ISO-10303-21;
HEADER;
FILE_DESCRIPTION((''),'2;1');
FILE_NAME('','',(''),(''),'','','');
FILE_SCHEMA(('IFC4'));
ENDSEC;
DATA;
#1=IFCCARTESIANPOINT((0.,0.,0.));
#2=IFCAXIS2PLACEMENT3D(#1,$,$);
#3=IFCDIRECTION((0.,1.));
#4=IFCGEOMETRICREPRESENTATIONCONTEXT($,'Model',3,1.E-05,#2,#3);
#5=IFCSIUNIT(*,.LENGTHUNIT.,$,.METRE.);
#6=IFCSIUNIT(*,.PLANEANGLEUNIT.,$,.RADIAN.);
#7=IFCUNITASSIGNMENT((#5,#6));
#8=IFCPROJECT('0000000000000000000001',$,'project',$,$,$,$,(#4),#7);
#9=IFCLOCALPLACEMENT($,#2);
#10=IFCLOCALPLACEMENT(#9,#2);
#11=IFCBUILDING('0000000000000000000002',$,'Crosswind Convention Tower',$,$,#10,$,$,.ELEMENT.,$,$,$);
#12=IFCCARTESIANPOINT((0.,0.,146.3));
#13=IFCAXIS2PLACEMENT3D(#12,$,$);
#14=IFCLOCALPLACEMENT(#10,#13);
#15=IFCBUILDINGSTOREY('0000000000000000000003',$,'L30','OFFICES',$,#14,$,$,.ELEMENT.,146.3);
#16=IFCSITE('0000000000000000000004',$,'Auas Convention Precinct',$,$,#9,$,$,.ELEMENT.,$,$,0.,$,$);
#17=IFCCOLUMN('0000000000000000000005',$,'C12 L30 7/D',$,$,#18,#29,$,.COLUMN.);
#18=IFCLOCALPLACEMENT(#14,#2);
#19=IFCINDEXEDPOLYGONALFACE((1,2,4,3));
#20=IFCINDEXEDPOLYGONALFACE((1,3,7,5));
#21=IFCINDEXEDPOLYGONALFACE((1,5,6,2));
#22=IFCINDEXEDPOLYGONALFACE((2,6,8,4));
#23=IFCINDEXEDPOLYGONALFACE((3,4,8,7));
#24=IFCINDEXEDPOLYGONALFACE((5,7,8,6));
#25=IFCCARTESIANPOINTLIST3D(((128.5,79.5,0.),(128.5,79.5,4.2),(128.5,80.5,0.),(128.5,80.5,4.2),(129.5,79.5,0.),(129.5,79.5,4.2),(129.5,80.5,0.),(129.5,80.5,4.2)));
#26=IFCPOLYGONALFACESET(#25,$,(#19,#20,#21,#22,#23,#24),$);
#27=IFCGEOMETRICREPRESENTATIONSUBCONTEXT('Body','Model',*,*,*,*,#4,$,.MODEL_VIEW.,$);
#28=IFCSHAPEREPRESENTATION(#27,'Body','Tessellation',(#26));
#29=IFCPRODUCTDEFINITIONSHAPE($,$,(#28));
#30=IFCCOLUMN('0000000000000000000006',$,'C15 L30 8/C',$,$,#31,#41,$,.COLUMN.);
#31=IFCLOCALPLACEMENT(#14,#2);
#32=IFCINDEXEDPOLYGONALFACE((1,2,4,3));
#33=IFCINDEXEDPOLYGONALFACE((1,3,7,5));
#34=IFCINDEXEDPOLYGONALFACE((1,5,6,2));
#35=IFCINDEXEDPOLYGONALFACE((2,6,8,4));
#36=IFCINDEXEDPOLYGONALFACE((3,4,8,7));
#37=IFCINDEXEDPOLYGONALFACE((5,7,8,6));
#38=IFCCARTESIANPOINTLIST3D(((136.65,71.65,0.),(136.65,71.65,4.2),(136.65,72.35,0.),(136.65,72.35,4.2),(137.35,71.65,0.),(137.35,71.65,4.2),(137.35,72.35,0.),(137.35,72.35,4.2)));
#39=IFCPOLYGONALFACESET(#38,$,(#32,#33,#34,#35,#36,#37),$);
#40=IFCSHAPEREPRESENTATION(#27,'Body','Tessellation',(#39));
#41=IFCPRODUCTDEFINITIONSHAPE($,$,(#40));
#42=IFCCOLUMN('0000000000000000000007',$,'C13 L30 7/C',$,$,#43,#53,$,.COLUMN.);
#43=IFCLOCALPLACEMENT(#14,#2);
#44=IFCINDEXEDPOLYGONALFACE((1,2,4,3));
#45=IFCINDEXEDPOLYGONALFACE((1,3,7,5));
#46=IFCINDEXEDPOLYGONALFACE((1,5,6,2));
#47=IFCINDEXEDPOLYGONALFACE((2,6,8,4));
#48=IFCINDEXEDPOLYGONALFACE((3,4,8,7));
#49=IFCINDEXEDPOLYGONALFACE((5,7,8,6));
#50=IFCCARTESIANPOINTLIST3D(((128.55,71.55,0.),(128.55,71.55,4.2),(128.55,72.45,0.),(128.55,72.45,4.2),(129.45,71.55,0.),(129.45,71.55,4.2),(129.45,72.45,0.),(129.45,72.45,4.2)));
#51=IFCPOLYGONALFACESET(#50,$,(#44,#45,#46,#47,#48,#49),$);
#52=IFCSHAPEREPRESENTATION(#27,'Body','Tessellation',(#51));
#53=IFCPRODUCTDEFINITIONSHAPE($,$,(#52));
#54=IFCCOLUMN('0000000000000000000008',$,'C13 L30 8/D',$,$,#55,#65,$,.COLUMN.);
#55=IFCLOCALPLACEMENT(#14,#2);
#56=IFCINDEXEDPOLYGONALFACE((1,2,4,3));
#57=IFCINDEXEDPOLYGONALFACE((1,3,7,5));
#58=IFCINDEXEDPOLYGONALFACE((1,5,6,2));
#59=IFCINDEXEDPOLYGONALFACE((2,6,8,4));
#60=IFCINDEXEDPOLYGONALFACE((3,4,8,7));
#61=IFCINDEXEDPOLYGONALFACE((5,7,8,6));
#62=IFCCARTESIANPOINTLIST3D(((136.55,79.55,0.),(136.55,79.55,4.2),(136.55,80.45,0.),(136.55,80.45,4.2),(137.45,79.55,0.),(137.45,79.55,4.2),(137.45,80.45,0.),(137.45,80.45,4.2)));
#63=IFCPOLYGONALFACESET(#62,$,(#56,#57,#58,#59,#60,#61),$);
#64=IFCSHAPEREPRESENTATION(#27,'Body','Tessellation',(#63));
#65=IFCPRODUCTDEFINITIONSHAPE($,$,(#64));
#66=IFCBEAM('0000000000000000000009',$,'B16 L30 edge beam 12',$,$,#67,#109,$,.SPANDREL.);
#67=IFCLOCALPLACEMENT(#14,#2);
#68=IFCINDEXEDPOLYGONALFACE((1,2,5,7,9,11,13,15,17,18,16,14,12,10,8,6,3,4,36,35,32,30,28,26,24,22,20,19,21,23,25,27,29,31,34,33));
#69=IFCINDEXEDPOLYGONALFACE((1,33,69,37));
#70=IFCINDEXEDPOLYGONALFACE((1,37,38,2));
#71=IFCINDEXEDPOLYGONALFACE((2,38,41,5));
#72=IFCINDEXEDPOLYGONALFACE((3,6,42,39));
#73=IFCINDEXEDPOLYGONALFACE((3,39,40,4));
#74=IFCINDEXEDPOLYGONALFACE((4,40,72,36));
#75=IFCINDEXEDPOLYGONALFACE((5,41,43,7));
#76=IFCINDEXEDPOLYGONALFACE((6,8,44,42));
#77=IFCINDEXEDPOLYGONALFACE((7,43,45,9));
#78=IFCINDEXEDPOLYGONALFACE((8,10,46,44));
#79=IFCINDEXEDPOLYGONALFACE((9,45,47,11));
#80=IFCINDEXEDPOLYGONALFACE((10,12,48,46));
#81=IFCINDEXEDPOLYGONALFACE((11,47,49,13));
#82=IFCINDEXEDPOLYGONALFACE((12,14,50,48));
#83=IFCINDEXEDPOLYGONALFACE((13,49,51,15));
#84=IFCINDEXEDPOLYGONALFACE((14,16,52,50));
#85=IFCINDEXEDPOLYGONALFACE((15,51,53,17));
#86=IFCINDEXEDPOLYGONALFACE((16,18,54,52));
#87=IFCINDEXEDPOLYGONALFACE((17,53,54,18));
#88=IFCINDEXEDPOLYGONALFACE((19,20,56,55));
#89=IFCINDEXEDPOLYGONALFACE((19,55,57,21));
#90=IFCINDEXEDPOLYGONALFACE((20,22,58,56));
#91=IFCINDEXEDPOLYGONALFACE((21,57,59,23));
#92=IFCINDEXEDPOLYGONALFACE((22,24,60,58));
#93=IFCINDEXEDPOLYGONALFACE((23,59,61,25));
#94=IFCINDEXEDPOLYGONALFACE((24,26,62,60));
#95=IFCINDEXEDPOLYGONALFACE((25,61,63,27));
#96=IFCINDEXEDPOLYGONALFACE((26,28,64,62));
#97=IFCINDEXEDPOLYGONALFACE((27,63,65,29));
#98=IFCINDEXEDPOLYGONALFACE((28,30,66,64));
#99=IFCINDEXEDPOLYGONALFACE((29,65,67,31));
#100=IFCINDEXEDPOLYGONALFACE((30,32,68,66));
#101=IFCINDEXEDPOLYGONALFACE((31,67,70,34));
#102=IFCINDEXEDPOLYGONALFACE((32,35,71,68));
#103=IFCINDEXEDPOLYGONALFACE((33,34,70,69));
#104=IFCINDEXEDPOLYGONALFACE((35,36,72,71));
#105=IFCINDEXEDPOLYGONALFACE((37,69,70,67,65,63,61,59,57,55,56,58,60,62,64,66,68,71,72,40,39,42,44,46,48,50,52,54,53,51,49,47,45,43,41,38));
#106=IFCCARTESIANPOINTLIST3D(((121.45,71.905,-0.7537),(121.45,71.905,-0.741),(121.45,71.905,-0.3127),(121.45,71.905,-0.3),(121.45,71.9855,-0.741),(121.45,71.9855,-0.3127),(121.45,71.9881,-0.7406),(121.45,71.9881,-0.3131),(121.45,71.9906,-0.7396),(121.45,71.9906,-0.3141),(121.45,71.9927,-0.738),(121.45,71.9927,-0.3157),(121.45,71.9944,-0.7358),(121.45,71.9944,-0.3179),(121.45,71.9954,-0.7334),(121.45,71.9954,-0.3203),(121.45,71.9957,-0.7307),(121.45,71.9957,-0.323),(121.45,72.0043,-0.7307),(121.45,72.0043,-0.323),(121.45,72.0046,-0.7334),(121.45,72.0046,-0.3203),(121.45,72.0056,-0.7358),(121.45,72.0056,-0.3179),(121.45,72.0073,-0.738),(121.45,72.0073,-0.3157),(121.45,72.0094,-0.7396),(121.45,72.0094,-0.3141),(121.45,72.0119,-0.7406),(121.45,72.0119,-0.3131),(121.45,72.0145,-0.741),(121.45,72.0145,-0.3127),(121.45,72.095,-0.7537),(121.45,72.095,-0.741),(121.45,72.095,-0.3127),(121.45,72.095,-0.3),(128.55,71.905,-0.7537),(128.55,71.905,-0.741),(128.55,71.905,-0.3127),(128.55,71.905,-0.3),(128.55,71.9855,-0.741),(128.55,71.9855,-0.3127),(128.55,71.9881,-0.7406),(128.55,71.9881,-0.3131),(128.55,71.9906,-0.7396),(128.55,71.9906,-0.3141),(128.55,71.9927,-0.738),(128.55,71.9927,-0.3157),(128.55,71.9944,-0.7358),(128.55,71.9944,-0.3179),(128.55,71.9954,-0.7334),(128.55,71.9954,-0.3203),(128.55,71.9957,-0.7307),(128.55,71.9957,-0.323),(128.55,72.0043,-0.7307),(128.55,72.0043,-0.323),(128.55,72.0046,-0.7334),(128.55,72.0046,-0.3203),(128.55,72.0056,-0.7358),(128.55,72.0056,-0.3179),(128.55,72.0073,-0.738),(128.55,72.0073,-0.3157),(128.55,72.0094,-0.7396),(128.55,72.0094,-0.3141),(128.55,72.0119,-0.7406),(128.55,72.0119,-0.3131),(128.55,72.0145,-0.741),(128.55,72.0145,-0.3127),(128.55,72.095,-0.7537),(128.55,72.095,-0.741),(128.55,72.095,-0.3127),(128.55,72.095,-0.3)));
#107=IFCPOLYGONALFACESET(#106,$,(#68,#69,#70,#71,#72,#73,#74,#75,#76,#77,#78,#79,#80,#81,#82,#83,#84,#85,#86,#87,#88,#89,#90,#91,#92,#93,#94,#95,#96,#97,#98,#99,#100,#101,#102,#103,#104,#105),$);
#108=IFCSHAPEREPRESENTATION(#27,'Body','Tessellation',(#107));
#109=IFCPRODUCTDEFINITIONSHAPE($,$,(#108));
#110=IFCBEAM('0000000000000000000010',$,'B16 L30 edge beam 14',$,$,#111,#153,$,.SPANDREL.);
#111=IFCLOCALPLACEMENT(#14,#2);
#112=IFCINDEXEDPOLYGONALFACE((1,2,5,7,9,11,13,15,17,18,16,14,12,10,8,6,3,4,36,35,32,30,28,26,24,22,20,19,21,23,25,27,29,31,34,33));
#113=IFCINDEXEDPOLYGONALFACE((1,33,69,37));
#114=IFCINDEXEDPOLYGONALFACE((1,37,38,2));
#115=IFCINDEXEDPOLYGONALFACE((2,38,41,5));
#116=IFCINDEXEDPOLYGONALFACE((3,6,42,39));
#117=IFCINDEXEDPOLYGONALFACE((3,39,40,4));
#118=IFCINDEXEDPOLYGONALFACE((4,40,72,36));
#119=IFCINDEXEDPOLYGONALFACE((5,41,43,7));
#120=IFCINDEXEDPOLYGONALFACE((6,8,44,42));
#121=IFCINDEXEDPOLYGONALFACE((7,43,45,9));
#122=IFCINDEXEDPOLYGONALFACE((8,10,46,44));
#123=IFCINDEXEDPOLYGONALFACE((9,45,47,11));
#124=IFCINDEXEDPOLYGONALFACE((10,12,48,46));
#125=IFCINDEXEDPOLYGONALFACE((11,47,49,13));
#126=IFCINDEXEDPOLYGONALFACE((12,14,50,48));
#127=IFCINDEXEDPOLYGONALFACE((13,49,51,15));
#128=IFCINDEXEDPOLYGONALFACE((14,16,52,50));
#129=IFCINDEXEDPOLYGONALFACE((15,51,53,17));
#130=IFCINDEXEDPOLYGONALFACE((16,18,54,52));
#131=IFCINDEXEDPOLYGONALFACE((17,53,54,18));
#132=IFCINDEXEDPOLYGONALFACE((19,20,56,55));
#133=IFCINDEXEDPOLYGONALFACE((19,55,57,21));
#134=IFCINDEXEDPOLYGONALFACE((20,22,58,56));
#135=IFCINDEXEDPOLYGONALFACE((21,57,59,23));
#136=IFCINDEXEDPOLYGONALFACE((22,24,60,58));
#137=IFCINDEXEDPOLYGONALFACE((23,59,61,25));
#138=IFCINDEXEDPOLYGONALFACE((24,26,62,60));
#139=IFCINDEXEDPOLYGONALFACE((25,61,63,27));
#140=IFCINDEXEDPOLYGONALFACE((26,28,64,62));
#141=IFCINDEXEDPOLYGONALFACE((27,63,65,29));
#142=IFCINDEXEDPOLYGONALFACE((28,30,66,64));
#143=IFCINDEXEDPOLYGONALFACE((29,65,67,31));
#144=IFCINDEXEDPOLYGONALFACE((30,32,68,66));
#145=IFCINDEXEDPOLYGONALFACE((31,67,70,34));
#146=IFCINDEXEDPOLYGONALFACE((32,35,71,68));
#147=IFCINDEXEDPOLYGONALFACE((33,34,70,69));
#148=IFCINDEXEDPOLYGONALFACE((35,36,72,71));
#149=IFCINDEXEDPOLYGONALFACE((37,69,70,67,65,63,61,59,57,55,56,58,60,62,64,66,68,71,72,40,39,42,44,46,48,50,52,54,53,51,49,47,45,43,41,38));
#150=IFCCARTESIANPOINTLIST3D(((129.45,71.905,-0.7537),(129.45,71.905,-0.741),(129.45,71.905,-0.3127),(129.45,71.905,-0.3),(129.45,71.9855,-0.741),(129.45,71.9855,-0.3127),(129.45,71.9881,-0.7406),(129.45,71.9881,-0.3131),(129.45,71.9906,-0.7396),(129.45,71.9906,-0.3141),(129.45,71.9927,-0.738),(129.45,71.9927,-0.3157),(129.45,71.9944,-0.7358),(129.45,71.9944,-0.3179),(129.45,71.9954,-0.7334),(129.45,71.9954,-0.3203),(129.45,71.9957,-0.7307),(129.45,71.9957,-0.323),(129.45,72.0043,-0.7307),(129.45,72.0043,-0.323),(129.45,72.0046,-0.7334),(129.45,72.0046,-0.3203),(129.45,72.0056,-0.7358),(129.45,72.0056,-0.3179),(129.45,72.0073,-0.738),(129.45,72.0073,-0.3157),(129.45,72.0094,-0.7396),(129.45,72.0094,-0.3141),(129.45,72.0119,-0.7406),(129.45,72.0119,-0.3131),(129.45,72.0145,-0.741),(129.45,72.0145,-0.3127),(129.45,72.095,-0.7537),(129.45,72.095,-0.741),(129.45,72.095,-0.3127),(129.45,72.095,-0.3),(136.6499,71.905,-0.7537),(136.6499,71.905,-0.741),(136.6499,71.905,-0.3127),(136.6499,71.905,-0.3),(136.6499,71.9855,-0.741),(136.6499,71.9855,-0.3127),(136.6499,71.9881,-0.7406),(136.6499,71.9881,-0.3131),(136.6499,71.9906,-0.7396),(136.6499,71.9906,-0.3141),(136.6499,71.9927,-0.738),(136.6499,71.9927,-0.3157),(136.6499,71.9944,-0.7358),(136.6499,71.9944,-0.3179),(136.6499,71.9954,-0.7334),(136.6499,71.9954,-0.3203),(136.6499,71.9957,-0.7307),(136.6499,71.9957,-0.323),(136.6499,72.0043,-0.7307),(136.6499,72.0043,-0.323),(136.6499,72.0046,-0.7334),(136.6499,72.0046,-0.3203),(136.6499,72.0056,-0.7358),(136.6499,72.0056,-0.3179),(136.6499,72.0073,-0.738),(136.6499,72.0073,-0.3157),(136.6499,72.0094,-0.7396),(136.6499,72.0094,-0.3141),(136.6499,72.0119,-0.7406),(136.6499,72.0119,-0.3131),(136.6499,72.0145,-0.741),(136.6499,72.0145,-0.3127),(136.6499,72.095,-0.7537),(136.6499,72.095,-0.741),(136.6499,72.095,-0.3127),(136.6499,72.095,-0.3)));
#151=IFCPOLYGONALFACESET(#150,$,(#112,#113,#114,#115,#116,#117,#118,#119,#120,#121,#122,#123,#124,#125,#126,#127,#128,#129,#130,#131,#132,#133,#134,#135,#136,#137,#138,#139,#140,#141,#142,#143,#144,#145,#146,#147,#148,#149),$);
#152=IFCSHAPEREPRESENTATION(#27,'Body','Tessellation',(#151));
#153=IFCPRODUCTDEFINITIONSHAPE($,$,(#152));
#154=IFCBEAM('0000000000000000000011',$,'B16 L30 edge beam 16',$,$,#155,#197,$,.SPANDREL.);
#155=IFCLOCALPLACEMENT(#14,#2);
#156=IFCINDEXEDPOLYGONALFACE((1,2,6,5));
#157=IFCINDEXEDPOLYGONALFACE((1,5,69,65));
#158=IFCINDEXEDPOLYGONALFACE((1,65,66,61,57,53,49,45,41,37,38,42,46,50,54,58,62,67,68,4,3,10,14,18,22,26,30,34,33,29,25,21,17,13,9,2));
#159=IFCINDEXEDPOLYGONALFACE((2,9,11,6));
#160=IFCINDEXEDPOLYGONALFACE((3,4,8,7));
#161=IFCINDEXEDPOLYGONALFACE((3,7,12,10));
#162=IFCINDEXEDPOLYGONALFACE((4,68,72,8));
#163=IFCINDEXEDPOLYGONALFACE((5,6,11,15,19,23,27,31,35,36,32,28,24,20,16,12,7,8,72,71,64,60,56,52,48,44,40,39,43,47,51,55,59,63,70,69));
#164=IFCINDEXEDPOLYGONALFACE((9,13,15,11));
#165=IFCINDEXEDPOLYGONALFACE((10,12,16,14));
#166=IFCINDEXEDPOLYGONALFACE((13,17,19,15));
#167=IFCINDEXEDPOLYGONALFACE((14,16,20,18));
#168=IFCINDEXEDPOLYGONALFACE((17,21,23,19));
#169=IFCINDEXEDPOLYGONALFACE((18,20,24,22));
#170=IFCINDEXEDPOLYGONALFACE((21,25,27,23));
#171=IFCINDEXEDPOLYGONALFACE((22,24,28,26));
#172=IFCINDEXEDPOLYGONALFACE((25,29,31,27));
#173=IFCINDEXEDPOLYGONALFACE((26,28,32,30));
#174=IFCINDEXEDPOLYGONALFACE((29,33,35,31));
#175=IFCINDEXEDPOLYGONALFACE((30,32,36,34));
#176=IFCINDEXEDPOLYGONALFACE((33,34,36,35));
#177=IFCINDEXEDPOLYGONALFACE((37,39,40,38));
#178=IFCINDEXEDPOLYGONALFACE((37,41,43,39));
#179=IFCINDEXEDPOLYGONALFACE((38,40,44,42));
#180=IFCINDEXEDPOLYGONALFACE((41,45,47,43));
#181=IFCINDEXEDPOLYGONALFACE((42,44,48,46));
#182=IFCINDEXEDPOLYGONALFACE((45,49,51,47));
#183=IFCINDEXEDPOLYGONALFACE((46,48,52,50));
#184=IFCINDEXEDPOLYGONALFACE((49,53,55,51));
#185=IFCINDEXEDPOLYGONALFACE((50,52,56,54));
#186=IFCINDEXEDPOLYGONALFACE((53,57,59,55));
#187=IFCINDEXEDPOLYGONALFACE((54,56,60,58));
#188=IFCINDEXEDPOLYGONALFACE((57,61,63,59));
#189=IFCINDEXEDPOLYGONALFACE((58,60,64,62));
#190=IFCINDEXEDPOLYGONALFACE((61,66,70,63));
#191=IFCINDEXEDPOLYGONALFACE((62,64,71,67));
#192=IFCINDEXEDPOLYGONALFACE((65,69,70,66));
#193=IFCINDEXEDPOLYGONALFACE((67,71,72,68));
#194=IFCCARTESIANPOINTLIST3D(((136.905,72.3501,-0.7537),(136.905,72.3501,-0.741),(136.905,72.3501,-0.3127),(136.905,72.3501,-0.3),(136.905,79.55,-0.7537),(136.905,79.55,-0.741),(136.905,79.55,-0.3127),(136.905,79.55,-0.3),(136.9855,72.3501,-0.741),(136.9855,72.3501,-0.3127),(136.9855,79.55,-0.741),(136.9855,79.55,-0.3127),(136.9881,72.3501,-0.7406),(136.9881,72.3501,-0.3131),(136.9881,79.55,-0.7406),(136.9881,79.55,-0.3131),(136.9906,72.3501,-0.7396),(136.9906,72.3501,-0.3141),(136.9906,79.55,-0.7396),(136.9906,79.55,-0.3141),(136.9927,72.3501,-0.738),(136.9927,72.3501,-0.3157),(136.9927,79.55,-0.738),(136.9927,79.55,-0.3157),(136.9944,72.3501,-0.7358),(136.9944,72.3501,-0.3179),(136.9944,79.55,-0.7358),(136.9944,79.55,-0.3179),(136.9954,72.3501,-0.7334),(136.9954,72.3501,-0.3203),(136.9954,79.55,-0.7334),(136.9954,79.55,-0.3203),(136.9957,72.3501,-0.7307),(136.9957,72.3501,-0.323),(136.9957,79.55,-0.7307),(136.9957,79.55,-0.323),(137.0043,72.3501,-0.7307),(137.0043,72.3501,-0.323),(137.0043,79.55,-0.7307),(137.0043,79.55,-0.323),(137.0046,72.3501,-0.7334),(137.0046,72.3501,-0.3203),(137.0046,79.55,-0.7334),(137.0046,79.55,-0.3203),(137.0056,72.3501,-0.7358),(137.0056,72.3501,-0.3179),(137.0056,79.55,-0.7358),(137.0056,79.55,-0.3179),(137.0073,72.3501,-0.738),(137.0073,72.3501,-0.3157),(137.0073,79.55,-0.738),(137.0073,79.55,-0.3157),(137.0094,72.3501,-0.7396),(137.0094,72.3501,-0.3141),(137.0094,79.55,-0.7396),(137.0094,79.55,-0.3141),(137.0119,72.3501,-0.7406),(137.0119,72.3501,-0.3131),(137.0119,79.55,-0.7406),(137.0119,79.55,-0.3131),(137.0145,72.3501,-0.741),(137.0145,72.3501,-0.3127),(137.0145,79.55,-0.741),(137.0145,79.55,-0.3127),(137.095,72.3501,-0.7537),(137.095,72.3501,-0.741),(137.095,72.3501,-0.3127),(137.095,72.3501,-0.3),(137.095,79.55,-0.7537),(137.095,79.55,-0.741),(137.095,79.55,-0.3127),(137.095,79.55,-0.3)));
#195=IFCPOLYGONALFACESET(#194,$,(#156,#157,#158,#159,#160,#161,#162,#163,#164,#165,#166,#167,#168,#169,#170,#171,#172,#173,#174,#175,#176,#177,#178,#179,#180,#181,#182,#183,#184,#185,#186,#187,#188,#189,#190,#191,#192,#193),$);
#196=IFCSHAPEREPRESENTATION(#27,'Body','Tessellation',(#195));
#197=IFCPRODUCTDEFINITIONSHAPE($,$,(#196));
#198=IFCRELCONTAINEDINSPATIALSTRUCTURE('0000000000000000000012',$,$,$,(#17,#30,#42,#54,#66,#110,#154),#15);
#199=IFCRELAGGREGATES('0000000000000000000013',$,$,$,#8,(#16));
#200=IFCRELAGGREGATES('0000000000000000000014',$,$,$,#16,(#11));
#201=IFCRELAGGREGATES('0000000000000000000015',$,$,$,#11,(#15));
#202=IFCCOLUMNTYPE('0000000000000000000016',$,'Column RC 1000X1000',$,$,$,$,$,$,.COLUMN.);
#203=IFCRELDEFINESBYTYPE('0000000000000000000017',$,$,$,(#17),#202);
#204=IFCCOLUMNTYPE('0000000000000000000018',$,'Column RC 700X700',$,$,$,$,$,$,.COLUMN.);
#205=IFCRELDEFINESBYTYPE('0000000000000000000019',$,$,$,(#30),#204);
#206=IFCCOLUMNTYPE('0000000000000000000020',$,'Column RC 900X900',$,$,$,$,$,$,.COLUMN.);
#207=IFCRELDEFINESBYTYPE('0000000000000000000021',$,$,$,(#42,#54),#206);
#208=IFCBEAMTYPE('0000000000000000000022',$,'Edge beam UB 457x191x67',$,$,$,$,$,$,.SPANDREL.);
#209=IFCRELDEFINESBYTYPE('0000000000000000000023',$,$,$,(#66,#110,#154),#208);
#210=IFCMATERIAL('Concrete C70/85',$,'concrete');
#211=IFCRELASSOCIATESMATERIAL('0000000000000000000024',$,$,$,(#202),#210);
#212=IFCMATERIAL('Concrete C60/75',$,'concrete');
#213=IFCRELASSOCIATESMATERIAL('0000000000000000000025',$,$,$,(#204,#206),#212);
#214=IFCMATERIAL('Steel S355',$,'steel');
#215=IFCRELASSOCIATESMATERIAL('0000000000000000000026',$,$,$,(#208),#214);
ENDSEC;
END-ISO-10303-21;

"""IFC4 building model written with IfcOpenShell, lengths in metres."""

from ifc_helpers import new_model, si_unit, direction, frame, origin, origin_2d, place, context, subcontext, project, spatial, rectangle, i_section, extrude, material, material_profile, profile_set, type_object, element, save


model = new_model("IFC4")

# Units and contexts
model_context = context("Model", 3, precision=1e-05, world=origin(), true_north=direction((0.0, 1.0)))
body_context = subcontext(model_context, "Body", "Model", "MODEL_VIEW")
ifc_project = project(units=[si_unit("LENGTHUNIT", "METRE"), si_unit("PLANEANGLEUNIT", "RADIAN")], contexts=[model_context])

# Site, building, storey
site_placement = place(None, origin())
site = spatial("IfcSite", under=ifc_project, at=site_placement, Name="Auas Convention Precinct", CompositionType="ELEMENT", RefElevation=0.0)
building_placement = place(site_placement, origin())
building = spatial("IfcBuilding", under=site, at=building_placement, Name="Crosswind Convention Tower", CompositionType="ELEMENT")
storey_placement = place(building_placement, frame((0.0, 0.0, 146.3)))
storey = spatial("IfcBuildingStorey", under=building, at=storey_placement, Name="L30", Description="OFFICES", CompositionType="ELEMENT", Elevation=146.3)

# Columns
ifc_material_1 = material(Name="Concrete C70/85", Category="concrete")
ifc_material_profile_1 = material_profile(ifc_material_1, rectangle(XDim=1.0, YDim=1.0, at=origin_2d()), Name="RC 1000X1000")
ifc_profile_set_1 = profile_set([ifc_material_profile_1], Name="Concrete C70/85")
column_type_1 = type_object("IfcColumnType", Name="Column RC 1000X1000", PredefinedType="COLUMN", material=ifc_profile_set_1)
column_1_placement = place(storey_placement, frame((129.0, 80.0, 0.0), z_axis=(0.0, 0.0, 1.0), x_axis=(1.0, 0.0, 0.0)))
element("IfcColumn", 1, at=column_1_placement, inside=storey, type_object=column_type_1, Name="C12 L30 7/D", PredefinedType="COLUMN", context=body_context, shape_type="SweptSolid", body=[
    extrude(rectangle(XDim=1.0, YDim=1.0, at=origin_2d()), origin(), (0.0, 0.0, 1.0), 4.2),
])
ifc_material_2 = material(Name="Concrete C60/75", Category="concrete")
ifc_material_profile_2 = material_profile(ifc_material_2, rectangle(XDim=0.7, YDim=0.7, at=origin_2d()), Name="RC 700X700")
ifc_profile_set_2 = profile_set([ifc_material_profile_2], Name="Concrete C60/75")
column_type_2 = type_object("IfcColumnType", Name="Column RC 700X700", PredefinedType="COLUMN", material=ifc_profile_set_2)
column_2_placement = place(storey_placement, frame((137.0, 72.0, 0.0), z_axis=(0.0, 0.0, 1.0), x_axis=(1.0, 0.0, 0.0)))
element("IfcColumn", 2, at=column_2_placement, inside=storey, type_object=column_type_2, Name="C15 L30 8/C", PredefinedType="COLUMN", context=body_context, shape_type="SweptSolid", body=[
    extrude(rectangle(XDim=0.7, YDim=0.7, at=origin_2d()), origin(), (0.0, 0.0, 1.0), 4.2),
])
ifc_material_profile_3 = material_profile(ifc_material_2, rectangle(XDim=0.8999, YDim=0.8999, at=origin_2d()), Name="RC 900X900")
ifc_profile_set_3 = profile_set([ifc_material_profile_3], Name="Concrete C60/75")
column_type_3 = type_object("IfcColumnType", Name="Column RC 900X900", PredefinedType="COLUMN", material=ifc_profile_set_3)
for number, where, z_axis, x_axis, name in (
    (3, (129.0, 72.0, 0.0), (0.0, 0.0, 1.0), (1.0, 0.0, 0.0), "C13 L30 7/C"),
    (4, (137.0, 80.0, 0.0), (0.0, 0.0, 1.0), (1.0, 0.0, 0.0), "C13 L30 8/D"),
):
    element("IfcColumn", number, at=place(storey_placement, frame(where, z_axis=z_axis, x_axis=x_axis)), inside=storey, type_object=column_type_3, Name=name, PredefinedType="COLUMN", context=body_context, shape_type="SweptSolid", body=[
        extrude(rectangle(XDim=0.8999, YDim=0.8999, at=origin_2d()), origin(), (0.0, 0.0, 1.0), 4.2),
    ])

# Beams
ifc_material_3 = material(Name="Steel S355", Category="steel")
ifc_material_profile_4 = material_profile(ifc_material_3, i_section(OverallWidth=0.1899, OverallDepth=0.4536, WebThickness=0.0085, FlangeThickness=0.0127, FilletRadius=0.0103, at=origin_2d()), Name="UB 457x191x67")
ifc_profile_set_4 = profile_set([ifc_material_profile_4], Name="Steel S355")
beam_type_1 = type_object("IfcBeamType", Name="Edge beam UB 457x191x67", PredefinedType="SPANDREL", material=ifc_profile_set_4)
beam_1_placement = place(storey_placement, frame((121.45, 72.0, -0.5269), z_axis=(1.0, 0.0, 0.0), x_axis=(0.0, 1.0, 0.0)))
element("IfcBeam", 5, at=beam_1_placement, inside=storey, type_object=beam_type_1, Name="B16 L30 edge beam 12", PredefinedType="SPANDREL", context=body_context, shape_type="SweptSolid", body=[
    extrude(i_section(OverallWidth=0.1899, OverallDepth=0.4536, WebThickness=0.0085, FlangeThickness=0.0127, FilletRadius=0.0103, at=origin_2d()), origin(), (0.0, 0.0, 1.0), 7.1001),
])
for number, where, z_axis, x_axis, name in (
    (6, (129.45, 72.0, -0.5269), (1.0, 0.0, 0.0), (0.0, 1.0, 0.0), "B16 L30 edge beam 14"),
    (7, (137.0, 72.3501, -0.5269), (0.0, 1.0, 0.0), (-1.0, 0.0, 0.0), "B16 L30 edge beam 16"),
):
    element("IfcBeam", number, at=place(storey_placement, frame(where, z_axis=z_axis, x_axis=x_axis)), inside=storey, type_object=beam_type_1, Name=name, PredefinedType="SPANDREL", context=body_context, shape_type="SweptSolid", body=[
        extrude(i_section(OverallWidth=0.1899, OverallDepth=0.4536, WebThickness=0.0085, FlangeThickness=0.0127, FilletRadius=0.0103, at=origin_2d()), origin(), (0.0, 0.0, 1.0), 7.2),
    ])

save(model, "model.ifc")
